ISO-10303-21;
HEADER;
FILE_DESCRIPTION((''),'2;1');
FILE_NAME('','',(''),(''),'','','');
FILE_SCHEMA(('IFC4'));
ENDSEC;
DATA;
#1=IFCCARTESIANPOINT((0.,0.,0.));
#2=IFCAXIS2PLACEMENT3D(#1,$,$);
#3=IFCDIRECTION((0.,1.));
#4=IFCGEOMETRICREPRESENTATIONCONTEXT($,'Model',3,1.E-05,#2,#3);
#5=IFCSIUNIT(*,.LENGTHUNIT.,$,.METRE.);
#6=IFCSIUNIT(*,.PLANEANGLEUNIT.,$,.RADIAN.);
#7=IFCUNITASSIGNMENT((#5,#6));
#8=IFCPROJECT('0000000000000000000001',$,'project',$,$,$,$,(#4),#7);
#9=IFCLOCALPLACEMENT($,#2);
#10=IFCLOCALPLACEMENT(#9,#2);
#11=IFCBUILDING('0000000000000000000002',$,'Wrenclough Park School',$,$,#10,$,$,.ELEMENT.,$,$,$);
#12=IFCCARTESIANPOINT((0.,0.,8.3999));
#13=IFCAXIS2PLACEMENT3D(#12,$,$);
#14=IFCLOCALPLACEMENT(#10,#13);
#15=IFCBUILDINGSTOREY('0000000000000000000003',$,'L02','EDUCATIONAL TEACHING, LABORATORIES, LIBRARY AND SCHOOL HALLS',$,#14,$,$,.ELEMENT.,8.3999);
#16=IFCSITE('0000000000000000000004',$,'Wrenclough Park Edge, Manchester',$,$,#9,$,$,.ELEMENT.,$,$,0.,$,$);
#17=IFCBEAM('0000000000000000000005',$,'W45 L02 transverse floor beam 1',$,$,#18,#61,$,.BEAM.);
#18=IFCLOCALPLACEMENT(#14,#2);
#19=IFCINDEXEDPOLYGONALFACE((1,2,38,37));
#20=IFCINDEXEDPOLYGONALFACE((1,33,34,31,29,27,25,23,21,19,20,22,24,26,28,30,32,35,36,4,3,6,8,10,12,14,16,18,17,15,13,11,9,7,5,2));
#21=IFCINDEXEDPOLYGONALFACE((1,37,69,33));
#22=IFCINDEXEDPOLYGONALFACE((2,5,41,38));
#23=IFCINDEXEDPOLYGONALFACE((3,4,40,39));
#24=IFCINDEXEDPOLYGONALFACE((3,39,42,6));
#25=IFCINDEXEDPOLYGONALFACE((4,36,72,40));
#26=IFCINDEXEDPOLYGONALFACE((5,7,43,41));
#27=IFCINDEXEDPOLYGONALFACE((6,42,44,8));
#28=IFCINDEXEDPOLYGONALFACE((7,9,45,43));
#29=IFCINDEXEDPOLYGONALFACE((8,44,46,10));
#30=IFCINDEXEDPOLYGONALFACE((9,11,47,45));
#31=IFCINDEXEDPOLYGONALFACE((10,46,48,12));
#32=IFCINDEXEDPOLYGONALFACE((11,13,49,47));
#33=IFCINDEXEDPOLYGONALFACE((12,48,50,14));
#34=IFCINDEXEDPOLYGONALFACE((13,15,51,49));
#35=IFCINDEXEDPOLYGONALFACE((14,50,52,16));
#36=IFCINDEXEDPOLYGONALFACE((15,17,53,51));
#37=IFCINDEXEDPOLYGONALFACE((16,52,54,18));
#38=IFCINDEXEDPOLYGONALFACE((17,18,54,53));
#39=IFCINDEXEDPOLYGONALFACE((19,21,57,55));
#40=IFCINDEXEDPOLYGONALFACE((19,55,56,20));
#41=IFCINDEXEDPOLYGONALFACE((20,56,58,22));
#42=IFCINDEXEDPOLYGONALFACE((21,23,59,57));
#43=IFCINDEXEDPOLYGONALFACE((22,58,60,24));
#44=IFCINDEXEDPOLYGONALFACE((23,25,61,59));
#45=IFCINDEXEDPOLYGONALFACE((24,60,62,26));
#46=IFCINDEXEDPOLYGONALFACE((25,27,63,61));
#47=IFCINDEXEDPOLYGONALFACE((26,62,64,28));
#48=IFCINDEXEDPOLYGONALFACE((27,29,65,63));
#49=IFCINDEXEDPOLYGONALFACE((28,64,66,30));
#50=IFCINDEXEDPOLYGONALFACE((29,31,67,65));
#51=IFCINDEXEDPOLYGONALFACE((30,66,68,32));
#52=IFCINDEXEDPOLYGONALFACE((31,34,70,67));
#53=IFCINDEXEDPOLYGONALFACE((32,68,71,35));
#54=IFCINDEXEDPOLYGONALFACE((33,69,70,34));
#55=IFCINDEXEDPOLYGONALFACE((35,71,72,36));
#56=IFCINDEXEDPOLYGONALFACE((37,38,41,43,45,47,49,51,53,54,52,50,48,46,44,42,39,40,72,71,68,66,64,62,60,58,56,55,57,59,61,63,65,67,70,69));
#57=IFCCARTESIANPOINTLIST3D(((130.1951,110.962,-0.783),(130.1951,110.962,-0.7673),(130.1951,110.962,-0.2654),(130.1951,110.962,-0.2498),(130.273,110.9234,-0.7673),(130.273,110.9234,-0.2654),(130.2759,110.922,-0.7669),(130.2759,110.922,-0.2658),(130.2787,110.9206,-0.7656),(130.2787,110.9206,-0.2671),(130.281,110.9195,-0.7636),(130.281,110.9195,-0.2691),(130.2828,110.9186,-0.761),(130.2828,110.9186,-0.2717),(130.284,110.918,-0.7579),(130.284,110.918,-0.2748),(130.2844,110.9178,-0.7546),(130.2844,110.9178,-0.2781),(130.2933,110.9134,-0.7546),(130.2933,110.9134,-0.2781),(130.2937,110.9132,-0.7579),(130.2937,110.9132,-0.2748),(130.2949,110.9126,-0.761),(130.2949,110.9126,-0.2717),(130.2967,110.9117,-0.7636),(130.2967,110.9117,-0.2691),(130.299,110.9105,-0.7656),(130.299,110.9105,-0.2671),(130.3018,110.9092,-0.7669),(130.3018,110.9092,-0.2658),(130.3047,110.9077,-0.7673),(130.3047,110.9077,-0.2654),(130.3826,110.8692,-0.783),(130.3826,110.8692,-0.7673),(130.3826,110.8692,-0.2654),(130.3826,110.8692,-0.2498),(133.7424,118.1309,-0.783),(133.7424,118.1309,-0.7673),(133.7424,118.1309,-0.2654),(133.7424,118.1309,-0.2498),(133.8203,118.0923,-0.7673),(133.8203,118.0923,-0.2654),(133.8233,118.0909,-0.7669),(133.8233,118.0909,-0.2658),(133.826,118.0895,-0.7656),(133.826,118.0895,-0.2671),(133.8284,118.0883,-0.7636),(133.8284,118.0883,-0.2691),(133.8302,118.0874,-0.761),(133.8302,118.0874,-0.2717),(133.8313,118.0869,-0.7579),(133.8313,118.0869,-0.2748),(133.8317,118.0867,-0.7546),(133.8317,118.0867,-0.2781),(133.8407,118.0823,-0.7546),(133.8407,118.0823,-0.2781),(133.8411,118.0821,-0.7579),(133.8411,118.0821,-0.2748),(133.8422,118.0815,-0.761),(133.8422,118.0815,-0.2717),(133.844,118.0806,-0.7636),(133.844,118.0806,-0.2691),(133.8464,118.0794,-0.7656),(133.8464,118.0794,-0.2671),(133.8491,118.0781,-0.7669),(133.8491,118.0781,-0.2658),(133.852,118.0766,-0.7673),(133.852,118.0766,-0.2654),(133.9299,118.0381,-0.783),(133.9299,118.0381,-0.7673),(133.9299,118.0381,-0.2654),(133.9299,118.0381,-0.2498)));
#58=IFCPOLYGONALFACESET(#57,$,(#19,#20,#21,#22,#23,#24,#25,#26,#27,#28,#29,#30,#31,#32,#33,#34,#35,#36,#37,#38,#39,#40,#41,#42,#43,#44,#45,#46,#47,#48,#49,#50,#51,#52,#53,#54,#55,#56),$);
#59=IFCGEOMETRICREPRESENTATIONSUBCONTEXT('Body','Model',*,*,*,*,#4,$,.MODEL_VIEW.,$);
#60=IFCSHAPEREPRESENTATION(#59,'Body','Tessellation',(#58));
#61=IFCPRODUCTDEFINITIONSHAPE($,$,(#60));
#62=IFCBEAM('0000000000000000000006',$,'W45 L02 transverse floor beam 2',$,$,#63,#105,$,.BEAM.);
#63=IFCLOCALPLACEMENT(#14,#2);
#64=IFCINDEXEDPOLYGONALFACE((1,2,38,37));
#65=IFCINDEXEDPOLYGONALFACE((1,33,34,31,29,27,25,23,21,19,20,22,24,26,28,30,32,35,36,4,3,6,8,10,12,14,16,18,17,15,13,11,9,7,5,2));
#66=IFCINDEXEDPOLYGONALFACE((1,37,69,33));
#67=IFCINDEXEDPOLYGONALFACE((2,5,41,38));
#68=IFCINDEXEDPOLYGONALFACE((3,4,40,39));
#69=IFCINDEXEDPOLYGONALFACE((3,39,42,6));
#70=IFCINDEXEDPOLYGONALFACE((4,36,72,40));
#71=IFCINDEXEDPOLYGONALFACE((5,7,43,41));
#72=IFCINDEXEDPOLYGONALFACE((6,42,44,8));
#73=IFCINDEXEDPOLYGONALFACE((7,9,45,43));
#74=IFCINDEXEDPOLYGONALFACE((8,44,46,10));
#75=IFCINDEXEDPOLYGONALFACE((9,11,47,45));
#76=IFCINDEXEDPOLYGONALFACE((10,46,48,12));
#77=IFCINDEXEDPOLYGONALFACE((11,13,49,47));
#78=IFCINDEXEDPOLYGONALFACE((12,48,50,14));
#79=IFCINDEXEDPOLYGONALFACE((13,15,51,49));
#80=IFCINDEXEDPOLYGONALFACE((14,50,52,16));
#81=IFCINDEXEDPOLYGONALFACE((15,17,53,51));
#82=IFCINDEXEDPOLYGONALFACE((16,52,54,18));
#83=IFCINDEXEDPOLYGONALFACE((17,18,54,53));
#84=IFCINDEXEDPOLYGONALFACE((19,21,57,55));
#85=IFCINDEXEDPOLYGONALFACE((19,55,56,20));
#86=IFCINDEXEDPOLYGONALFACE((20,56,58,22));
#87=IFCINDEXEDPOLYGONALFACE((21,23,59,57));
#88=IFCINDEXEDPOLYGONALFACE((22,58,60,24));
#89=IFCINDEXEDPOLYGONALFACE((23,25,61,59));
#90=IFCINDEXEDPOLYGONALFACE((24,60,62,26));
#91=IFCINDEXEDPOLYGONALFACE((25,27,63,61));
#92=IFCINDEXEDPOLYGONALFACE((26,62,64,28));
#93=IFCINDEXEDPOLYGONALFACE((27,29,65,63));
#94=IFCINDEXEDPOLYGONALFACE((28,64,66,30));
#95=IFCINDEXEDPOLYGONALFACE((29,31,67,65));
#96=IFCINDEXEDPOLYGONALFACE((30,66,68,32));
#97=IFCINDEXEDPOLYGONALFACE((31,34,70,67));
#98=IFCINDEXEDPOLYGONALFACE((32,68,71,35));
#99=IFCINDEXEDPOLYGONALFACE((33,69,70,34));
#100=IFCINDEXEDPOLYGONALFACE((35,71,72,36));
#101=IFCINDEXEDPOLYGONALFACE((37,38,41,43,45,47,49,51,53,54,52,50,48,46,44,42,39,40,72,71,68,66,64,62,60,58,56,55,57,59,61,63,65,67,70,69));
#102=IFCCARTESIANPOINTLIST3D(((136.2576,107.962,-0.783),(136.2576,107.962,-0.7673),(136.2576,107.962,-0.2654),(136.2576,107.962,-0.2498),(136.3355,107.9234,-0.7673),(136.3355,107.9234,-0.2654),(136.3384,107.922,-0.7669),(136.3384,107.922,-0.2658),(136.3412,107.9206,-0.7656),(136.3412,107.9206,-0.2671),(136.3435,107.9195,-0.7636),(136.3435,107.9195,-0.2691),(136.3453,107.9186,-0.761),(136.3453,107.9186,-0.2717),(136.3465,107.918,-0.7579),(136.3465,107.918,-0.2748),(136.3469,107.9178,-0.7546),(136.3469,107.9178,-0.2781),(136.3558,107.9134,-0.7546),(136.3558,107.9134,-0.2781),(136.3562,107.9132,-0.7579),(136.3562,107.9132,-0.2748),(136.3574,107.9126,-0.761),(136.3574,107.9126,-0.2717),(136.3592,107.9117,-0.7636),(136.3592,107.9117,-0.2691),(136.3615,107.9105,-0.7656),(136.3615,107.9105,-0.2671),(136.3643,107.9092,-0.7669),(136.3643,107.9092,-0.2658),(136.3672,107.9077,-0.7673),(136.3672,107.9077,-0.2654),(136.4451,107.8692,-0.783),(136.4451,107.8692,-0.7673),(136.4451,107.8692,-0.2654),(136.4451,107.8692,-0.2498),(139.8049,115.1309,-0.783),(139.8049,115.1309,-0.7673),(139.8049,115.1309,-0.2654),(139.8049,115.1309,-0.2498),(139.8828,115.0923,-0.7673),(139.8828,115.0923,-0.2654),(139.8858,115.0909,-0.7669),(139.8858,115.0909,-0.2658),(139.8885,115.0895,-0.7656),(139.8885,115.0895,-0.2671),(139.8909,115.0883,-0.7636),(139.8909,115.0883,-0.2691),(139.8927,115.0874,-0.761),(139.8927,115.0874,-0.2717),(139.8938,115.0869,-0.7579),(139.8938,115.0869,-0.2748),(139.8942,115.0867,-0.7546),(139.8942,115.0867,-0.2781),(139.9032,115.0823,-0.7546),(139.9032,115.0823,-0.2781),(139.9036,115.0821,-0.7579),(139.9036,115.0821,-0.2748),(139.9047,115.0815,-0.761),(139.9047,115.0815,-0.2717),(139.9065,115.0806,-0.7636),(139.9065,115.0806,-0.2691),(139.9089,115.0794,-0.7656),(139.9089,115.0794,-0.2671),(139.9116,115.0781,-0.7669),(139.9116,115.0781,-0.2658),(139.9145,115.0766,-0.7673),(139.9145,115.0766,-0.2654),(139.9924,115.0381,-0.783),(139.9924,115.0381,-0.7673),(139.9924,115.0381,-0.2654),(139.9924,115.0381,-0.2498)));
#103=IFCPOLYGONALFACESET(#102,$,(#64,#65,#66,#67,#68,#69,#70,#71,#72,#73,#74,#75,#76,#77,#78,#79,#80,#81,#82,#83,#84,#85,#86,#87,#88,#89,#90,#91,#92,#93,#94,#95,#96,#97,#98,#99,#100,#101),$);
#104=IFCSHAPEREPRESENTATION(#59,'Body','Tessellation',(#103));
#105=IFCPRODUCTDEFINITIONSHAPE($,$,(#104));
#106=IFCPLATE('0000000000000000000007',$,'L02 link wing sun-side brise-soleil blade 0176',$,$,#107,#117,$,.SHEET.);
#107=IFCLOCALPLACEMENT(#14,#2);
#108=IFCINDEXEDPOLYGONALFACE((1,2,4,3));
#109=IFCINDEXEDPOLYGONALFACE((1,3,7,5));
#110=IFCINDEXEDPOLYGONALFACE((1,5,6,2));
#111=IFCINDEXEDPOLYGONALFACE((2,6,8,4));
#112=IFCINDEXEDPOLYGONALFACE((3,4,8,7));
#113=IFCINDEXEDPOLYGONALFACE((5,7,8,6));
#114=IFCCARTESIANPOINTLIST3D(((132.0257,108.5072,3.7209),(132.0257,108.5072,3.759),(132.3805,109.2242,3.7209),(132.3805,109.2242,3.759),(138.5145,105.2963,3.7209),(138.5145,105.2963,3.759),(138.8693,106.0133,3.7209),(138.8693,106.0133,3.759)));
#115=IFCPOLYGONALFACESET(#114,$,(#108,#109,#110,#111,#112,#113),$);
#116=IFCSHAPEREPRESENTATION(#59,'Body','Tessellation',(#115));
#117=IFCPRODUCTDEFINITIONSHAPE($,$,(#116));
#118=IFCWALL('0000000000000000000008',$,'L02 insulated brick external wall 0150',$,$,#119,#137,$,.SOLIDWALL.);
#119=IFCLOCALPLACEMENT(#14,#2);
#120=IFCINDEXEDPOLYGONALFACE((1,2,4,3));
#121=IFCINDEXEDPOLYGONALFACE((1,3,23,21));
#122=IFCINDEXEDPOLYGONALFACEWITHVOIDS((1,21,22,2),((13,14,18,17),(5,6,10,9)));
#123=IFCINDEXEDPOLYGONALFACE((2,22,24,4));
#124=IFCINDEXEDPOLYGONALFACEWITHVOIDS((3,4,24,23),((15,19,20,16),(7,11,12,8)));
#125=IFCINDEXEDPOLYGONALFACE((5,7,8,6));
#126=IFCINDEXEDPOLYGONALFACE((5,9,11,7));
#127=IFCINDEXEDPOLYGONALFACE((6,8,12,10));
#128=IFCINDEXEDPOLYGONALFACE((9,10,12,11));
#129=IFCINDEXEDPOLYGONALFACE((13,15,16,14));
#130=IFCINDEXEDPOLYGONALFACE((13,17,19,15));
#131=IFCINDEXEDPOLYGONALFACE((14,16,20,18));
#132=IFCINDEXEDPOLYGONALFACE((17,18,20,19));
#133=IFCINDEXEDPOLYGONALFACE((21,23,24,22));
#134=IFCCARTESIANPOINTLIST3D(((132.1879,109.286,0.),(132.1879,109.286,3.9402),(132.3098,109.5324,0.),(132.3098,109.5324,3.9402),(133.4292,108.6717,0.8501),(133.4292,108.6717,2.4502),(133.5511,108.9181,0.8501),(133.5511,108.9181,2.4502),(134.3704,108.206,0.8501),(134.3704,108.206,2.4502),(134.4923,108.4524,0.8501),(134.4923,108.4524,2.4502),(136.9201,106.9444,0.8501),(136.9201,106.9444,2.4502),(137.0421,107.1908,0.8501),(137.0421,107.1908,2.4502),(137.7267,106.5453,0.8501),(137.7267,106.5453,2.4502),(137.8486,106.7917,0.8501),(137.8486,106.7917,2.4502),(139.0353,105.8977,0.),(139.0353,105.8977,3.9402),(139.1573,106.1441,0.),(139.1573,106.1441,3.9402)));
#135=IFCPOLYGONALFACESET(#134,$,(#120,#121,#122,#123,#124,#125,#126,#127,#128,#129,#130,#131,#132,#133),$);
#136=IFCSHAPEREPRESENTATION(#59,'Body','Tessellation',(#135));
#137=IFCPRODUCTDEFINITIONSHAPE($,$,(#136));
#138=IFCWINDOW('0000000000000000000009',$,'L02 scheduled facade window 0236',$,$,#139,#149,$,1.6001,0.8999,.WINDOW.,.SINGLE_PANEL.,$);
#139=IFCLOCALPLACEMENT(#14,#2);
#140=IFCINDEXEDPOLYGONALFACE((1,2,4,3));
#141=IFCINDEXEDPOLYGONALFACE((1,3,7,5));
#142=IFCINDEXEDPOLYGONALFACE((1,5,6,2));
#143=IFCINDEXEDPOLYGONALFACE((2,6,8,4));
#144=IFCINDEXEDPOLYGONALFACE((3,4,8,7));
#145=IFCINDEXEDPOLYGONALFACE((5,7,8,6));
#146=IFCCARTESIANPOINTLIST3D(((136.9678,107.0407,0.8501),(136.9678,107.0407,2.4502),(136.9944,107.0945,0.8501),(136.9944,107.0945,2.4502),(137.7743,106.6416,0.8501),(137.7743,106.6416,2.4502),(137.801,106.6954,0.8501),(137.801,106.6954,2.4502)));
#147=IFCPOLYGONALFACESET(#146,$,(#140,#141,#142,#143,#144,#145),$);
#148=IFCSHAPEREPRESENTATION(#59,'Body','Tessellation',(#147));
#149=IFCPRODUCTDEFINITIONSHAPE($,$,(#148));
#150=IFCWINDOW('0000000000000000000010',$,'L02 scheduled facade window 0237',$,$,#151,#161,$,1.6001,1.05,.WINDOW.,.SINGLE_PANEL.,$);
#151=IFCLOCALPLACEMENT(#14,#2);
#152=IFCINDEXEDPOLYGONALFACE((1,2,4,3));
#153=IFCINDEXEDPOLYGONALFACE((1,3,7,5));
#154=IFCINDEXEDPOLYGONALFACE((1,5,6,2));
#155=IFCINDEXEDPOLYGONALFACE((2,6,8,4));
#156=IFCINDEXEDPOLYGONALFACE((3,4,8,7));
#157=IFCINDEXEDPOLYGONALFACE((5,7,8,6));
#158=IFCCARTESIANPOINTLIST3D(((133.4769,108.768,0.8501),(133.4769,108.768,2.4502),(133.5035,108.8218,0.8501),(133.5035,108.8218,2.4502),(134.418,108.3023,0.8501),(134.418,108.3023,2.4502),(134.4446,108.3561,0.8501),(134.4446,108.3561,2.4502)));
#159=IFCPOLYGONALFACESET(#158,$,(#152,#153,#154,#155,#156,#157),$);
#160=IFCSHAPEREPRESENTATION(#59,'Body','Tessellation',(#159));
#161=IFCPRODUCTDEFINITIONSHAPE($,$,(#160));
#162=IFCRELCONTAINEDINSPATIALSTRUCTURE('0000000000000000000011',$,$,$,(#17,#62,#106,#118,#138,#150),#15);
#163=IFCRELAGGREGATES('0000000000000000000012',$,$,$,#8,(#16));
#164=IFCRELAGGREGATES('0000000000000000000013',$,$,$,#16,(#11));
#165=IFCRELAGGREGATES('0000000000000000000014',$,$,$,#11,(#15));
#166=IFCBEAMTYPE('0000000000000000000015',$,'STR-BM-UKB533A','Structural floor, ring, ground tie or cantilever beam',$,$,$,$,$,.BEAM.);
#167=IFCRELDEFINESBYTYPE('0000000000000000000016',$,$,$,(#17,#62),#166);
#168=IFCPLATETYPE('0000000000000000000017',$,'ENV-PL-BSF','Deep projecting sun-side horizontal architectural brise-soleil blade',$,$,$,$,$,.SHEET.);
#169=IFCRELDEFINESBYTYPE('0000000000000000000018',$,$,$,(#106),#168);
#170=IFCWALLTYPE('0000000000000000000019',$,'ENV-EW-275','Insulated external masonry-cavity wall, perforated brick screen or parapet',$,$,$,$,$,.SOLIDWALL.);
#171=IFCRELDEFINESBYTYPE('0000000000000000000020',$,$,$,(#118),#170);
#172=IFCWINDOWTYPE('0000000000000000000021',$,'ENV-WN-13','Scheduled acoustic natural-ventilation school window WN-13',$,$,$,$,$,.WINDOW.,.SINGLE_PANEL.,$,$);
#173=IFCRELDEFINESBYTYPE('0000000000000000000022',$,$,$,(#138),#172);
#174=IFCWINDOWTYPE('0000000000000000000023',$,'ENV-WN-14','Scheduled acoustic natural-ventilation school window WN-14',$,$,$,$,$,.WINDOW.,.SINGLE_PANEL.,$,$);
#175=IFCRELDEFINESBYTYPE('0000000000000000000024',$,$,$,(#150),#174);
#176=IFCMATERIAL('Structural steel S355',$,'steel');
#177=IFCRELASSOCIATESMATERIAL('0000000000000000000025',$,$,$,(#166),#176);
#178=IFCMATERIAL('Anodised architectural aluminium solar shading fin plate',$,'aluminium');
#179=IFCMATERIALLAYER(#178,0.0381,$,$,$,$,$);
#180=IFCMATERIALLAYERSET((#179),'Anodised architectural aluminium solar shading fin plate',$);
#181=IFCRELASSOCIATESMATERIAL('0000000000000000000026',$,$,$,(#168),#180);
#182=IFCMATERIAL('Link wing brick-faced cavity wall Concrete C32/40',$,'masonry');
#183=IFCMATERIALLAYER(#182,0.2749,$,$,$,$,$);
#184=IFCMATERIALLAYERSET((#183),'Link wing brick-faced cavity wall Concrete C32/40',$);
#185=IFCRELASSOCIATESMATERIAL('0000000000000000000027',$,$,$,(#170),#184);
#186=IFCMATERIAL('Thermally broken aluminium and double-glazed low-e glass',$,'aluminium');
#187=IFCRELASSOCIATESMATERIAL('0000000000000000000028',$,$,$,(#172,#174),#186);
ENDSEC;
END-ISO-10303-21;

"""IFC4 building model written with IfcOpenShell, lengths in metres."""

from ifc_helpers import new_model, si_unit, direction, frame, frame_2d, origin, origin_2d, place, context, subcontext, project, spatial, rectangle, i_section, extrude, material, layer, layer_set, material_profile, profile_set, type_object, element, fill, save


model = new_model("IFC4")

# Units and contexts
model_context = context("Model", 3, precision=1e-05, world=origin(), true_north=direction((0.0, 1.0)))
body_context = subcontext(model_context, "Body", "Model", "MODEL_VIEW")
ifc_project = project(units=[si_unit("LENGTHUNIT", "METRE"), si_unit("PLANEANGLEUNIT", "RADIAN")], contexts=[model_context])

# Site, building, storey
site_placement = place(None, origin())
site = spatial("IfcSite", under=ifc_project, at=site_placement, Name="Wrenclough Park Edge, Manchester", CompositionType="ELEMENT", RefElevation=0.0)
building_placement = place(site_placement, origin())
building = spatial("IfcBuilding", under=site, at=building_placement, Name="Wrenclough Park School", CompositionType="ELEMENT")
storey_placement = place(building_placement, frame((0.0, 0.0, 8.3999)))
storey = spatial("IfcBuildingStorey", under=building, at=storey_placement, Name="L02", Description="EDUCATIONAL TEACHING, LABORATORIES, LIBRARY AND SCHOOL HALLS", CompositionType="ELEMENT", Elevation=8.3999)

# Shared definitions
ifc_material_1 = material(Name="Structural steel S355", Category="steel")

# Beams
ifc_material_profile_1 = material_profile(ifc_material_1, i_section(OverallWidth=0.2092, OverallDepth=0.5332, WebThickness=0.01, FlangeThickness=0.0156, FilletRadius=0.0127, at=origin_2d()), Name="UKB 533x210x92")
ifc_profile_set_1 = profile_set([ifc_material_profile_1], Name="Structural steel S355")
beam_type_1 = type_object("IfcBeamType", Name="STR-BM-UKB533A", Description="Structural floor, ring, ground tie or cantilever beam", PredefinedType="BEAM", material=ifc_profile_set_1)
for number, where, z_axis, x_axis, name in (
    (1, (133.8362, 118.0845, -0.5164), (-0.443498, -0.896275, 0.0), (0.896275, -0.443498, 0.0), "W45 L02 transverse floor beam 1"),
    (2, (139.8987, 115.0845, -0.5164), (-0.443498, -0.896275, 0.0), (0.896275, -0.443498, 0.0), "W45 L02 transverse floor beam 2"),
):
    element("IfcBeam", number, at=place(storey_placement, frame(where, z_axis=z_axis, x_axis=x_axis)), inside=storey, type_object=beam_type_1, Name=name, PredefinedType="BEAM", context=body_context, shape_type="SweptSolid", body=[
        extrude(i_section(OverallWidth=0.2092, OverallDepth=0.5332, WebThickness=0.01, FlangeThickness=0.0156, FilletRadius=0.0127, at=origin_2d()), origin(), (0.0, 0.0, 1.0), 7.9985),
    ])

# Plate
ifc_material_2 = material(Name="Anodised architectural aluminium solar shading fin plate", Category="aluminium")
ifc_layer_1 = layer(ifc_material_2, 0.0381)
ifc_layer_set_1 = layer_set([ifc_layer_1], Name="Anodised architectural aluminium solar shading fin plate")
plate_type = type_object("IfcPlateType", Name="ENV-PL-BSF", Description="Deep projecting sun-side horizontal architectural brise-soleil blade", PredefinedType="SHEET", material=ifc_layer_set_1)
plate_placement = place(storey_placement, frame((135.4475, 107.2603, 3.7209), z_axis=(0.0, 0.0, 1.0), x_axis=(-0.89627, 0.443508, 0.0)))
element("IfcPlate", 3, at=plate_placement, inside=storey, type_object=plate_type, Name="L02 link wing sun-side brise-soleil blade 0176", PredefinedType="SHEET", context=body_context, shape_type="SweptSolid", body=[
    extrude(rectangle(XDim=7.2397, YDim=0.8, at=origin_2d()), origin(), (0.0, 0.0, 1.0), 0.0381),
])

# Wall, openings, windows
ifc_material_3 = material(Name="Link wing brick-faced cavity wall Concrete C32/40", Category="masonry")
ifc_layer_2 = layer(ifc_material_3, 0.2749)
ifc_layer_set_2 = layer_set([ifc_layer_2], Name="Link wing brick-faced cavity wall Concrete C32/40")
wall_type_1 = type_object("IfcWallType", Name="ENV-EW-275", Description="Insulated external masonry-cavity wall, perforated brick screen or parapet", PredefinedType="SOLIDWALL", material=ifc_layer_set_2)
wall_1_placement = place(storey_placement, frame((139.0962, 106.021, 0.0), z_axis=(0.0, 0.0, 1.0), x_axis=(-0.896279, 0.44349, 0.0)))
wall_1 = element("IfcWall", 4, at=wall_1_placement, inside=storey, type_object=wall_type_1, Name="L02 insulated brick external wall 0150", PredefinedType="SOLIDWALL", context=body_context, shape_type="SweptSolid", body=[
    extrude(rectangle(XDim=7.6399, YDim=0.2749, at=frame_2d((3.8198, 0.0))), origin(), (0.0, 0.0, 1.0), 3.9402),
])
opening_1_placement = place(wall_1_placement, frame((1.46, 0.0, 0.8501)))
opening_1 = element("IfcOpeningElement", 5, at=opening_1_placement, cuts=wall_1, PredefinedType="OPENING", context=body_context, shape_type="SweptSolid", body=[
    extrude(rectangle(XDim=0.8999, YDim=1.6001, at=frame_2d((0.45, 0.8))), frame((0.0, 0.1475, 0.0), z_axis=(0.0, -1.0, 0.0), x_axis=(1.0, 0.0, 0.0)), (0.0, 0.0, 1.0), 0.2949),
])
opening_2_placement = place(wall_1_placement, frame((5.2048, 0.0, 0.8501)))
opening_2 = element("IfcOpeningElement", 6, at=opening_2_placement, cuts=wall_1, PredefinedType="OPENING", context=body_context, shape_type="SweptSolid", body=[
    extrude(rectangle(XDim=1.05, YDim=1.6001, at=frame_2d((0.5249, 0.8))), frame((0.0, 0.1475, 0.0), z_axis=(0.0, -1.0, 0.0), x_axis=(1.0, 0.0, 0.0)), (0.0, 0.0, 1.0), 0.2949),
])
ifc_material_4 = material(Name="Thermally broken aluminium and double-glazed low-e glass", Category="aluminium")
window_type_1 = type_object("IfcWindowType", Name="ENV-WN-13", Description="Scheduled acoustic natural-ventilation school window WN-13", PartitioningType="SINGLE_PANEL", PredefinedType="WINDOW", material=ifc_material_4)
window_1_placement = place(opening_1_placement, origin())
window_1 = element("IfcWindow", 7, at=window_1_placement, inside=storey, type_object=window_type_1, Name="L02 scheduled facade window 0236", OverallHeight=1.6001, OverallWidth=0.8999, PartitioningType="SINGLE_PANEL", PredefinedType="WINDOW", context=body_context, shape_type="SweptSolid", body=[
    extrude(rectangle(XDim=0.8999, YDim=1.6001, at=frame_2d((0.45, 0.8))), frame((0.0, 0.03, 0.0), z_axis=(0.0, -1.0, 0.0), x_axis=(1.0, 0.0, 0.0)), (0.0, 0.0, 1.0), 0.0601),
])
fill(opening_1, window_1)
window_type_2 = type_object("IfcWindowType", Name="ENV-WN-14", Description="Scheduled acoustic natural-ventilation school window WN-14", PartitioningType="SINGLE_PANEL", PredefinedType="WINDOW", material=ifc_material_4)
window_2_placement = place(opening_2_placement, origin())
window_2 = element("IfcWindow", 8, at=window_2_placement, inside=storey, type_object=window_type_2, Name="L02 scheduled facade window 0237", OverallHeight=1.6001, OverallWidth=1.05, PartitioningType="SINGLE_PANEL", PredefinedType="WINDOW", context=body_context, shape_type="SweptSolid", body=[
    extrude(rectangle(XDim=1.05, YDim=1.6001, at=frame_2d((0.5249, 0.8))), frame((0.0, 0.03, 0.0), z_axis=(0.0, -1.0, 0.0), x_axis=(1.0, 0.0, 0.0)), (0.0, 0.0, 1.0), 0.0601),
])
fill(opening_2, window_2)

save(model, "model.ifc")
